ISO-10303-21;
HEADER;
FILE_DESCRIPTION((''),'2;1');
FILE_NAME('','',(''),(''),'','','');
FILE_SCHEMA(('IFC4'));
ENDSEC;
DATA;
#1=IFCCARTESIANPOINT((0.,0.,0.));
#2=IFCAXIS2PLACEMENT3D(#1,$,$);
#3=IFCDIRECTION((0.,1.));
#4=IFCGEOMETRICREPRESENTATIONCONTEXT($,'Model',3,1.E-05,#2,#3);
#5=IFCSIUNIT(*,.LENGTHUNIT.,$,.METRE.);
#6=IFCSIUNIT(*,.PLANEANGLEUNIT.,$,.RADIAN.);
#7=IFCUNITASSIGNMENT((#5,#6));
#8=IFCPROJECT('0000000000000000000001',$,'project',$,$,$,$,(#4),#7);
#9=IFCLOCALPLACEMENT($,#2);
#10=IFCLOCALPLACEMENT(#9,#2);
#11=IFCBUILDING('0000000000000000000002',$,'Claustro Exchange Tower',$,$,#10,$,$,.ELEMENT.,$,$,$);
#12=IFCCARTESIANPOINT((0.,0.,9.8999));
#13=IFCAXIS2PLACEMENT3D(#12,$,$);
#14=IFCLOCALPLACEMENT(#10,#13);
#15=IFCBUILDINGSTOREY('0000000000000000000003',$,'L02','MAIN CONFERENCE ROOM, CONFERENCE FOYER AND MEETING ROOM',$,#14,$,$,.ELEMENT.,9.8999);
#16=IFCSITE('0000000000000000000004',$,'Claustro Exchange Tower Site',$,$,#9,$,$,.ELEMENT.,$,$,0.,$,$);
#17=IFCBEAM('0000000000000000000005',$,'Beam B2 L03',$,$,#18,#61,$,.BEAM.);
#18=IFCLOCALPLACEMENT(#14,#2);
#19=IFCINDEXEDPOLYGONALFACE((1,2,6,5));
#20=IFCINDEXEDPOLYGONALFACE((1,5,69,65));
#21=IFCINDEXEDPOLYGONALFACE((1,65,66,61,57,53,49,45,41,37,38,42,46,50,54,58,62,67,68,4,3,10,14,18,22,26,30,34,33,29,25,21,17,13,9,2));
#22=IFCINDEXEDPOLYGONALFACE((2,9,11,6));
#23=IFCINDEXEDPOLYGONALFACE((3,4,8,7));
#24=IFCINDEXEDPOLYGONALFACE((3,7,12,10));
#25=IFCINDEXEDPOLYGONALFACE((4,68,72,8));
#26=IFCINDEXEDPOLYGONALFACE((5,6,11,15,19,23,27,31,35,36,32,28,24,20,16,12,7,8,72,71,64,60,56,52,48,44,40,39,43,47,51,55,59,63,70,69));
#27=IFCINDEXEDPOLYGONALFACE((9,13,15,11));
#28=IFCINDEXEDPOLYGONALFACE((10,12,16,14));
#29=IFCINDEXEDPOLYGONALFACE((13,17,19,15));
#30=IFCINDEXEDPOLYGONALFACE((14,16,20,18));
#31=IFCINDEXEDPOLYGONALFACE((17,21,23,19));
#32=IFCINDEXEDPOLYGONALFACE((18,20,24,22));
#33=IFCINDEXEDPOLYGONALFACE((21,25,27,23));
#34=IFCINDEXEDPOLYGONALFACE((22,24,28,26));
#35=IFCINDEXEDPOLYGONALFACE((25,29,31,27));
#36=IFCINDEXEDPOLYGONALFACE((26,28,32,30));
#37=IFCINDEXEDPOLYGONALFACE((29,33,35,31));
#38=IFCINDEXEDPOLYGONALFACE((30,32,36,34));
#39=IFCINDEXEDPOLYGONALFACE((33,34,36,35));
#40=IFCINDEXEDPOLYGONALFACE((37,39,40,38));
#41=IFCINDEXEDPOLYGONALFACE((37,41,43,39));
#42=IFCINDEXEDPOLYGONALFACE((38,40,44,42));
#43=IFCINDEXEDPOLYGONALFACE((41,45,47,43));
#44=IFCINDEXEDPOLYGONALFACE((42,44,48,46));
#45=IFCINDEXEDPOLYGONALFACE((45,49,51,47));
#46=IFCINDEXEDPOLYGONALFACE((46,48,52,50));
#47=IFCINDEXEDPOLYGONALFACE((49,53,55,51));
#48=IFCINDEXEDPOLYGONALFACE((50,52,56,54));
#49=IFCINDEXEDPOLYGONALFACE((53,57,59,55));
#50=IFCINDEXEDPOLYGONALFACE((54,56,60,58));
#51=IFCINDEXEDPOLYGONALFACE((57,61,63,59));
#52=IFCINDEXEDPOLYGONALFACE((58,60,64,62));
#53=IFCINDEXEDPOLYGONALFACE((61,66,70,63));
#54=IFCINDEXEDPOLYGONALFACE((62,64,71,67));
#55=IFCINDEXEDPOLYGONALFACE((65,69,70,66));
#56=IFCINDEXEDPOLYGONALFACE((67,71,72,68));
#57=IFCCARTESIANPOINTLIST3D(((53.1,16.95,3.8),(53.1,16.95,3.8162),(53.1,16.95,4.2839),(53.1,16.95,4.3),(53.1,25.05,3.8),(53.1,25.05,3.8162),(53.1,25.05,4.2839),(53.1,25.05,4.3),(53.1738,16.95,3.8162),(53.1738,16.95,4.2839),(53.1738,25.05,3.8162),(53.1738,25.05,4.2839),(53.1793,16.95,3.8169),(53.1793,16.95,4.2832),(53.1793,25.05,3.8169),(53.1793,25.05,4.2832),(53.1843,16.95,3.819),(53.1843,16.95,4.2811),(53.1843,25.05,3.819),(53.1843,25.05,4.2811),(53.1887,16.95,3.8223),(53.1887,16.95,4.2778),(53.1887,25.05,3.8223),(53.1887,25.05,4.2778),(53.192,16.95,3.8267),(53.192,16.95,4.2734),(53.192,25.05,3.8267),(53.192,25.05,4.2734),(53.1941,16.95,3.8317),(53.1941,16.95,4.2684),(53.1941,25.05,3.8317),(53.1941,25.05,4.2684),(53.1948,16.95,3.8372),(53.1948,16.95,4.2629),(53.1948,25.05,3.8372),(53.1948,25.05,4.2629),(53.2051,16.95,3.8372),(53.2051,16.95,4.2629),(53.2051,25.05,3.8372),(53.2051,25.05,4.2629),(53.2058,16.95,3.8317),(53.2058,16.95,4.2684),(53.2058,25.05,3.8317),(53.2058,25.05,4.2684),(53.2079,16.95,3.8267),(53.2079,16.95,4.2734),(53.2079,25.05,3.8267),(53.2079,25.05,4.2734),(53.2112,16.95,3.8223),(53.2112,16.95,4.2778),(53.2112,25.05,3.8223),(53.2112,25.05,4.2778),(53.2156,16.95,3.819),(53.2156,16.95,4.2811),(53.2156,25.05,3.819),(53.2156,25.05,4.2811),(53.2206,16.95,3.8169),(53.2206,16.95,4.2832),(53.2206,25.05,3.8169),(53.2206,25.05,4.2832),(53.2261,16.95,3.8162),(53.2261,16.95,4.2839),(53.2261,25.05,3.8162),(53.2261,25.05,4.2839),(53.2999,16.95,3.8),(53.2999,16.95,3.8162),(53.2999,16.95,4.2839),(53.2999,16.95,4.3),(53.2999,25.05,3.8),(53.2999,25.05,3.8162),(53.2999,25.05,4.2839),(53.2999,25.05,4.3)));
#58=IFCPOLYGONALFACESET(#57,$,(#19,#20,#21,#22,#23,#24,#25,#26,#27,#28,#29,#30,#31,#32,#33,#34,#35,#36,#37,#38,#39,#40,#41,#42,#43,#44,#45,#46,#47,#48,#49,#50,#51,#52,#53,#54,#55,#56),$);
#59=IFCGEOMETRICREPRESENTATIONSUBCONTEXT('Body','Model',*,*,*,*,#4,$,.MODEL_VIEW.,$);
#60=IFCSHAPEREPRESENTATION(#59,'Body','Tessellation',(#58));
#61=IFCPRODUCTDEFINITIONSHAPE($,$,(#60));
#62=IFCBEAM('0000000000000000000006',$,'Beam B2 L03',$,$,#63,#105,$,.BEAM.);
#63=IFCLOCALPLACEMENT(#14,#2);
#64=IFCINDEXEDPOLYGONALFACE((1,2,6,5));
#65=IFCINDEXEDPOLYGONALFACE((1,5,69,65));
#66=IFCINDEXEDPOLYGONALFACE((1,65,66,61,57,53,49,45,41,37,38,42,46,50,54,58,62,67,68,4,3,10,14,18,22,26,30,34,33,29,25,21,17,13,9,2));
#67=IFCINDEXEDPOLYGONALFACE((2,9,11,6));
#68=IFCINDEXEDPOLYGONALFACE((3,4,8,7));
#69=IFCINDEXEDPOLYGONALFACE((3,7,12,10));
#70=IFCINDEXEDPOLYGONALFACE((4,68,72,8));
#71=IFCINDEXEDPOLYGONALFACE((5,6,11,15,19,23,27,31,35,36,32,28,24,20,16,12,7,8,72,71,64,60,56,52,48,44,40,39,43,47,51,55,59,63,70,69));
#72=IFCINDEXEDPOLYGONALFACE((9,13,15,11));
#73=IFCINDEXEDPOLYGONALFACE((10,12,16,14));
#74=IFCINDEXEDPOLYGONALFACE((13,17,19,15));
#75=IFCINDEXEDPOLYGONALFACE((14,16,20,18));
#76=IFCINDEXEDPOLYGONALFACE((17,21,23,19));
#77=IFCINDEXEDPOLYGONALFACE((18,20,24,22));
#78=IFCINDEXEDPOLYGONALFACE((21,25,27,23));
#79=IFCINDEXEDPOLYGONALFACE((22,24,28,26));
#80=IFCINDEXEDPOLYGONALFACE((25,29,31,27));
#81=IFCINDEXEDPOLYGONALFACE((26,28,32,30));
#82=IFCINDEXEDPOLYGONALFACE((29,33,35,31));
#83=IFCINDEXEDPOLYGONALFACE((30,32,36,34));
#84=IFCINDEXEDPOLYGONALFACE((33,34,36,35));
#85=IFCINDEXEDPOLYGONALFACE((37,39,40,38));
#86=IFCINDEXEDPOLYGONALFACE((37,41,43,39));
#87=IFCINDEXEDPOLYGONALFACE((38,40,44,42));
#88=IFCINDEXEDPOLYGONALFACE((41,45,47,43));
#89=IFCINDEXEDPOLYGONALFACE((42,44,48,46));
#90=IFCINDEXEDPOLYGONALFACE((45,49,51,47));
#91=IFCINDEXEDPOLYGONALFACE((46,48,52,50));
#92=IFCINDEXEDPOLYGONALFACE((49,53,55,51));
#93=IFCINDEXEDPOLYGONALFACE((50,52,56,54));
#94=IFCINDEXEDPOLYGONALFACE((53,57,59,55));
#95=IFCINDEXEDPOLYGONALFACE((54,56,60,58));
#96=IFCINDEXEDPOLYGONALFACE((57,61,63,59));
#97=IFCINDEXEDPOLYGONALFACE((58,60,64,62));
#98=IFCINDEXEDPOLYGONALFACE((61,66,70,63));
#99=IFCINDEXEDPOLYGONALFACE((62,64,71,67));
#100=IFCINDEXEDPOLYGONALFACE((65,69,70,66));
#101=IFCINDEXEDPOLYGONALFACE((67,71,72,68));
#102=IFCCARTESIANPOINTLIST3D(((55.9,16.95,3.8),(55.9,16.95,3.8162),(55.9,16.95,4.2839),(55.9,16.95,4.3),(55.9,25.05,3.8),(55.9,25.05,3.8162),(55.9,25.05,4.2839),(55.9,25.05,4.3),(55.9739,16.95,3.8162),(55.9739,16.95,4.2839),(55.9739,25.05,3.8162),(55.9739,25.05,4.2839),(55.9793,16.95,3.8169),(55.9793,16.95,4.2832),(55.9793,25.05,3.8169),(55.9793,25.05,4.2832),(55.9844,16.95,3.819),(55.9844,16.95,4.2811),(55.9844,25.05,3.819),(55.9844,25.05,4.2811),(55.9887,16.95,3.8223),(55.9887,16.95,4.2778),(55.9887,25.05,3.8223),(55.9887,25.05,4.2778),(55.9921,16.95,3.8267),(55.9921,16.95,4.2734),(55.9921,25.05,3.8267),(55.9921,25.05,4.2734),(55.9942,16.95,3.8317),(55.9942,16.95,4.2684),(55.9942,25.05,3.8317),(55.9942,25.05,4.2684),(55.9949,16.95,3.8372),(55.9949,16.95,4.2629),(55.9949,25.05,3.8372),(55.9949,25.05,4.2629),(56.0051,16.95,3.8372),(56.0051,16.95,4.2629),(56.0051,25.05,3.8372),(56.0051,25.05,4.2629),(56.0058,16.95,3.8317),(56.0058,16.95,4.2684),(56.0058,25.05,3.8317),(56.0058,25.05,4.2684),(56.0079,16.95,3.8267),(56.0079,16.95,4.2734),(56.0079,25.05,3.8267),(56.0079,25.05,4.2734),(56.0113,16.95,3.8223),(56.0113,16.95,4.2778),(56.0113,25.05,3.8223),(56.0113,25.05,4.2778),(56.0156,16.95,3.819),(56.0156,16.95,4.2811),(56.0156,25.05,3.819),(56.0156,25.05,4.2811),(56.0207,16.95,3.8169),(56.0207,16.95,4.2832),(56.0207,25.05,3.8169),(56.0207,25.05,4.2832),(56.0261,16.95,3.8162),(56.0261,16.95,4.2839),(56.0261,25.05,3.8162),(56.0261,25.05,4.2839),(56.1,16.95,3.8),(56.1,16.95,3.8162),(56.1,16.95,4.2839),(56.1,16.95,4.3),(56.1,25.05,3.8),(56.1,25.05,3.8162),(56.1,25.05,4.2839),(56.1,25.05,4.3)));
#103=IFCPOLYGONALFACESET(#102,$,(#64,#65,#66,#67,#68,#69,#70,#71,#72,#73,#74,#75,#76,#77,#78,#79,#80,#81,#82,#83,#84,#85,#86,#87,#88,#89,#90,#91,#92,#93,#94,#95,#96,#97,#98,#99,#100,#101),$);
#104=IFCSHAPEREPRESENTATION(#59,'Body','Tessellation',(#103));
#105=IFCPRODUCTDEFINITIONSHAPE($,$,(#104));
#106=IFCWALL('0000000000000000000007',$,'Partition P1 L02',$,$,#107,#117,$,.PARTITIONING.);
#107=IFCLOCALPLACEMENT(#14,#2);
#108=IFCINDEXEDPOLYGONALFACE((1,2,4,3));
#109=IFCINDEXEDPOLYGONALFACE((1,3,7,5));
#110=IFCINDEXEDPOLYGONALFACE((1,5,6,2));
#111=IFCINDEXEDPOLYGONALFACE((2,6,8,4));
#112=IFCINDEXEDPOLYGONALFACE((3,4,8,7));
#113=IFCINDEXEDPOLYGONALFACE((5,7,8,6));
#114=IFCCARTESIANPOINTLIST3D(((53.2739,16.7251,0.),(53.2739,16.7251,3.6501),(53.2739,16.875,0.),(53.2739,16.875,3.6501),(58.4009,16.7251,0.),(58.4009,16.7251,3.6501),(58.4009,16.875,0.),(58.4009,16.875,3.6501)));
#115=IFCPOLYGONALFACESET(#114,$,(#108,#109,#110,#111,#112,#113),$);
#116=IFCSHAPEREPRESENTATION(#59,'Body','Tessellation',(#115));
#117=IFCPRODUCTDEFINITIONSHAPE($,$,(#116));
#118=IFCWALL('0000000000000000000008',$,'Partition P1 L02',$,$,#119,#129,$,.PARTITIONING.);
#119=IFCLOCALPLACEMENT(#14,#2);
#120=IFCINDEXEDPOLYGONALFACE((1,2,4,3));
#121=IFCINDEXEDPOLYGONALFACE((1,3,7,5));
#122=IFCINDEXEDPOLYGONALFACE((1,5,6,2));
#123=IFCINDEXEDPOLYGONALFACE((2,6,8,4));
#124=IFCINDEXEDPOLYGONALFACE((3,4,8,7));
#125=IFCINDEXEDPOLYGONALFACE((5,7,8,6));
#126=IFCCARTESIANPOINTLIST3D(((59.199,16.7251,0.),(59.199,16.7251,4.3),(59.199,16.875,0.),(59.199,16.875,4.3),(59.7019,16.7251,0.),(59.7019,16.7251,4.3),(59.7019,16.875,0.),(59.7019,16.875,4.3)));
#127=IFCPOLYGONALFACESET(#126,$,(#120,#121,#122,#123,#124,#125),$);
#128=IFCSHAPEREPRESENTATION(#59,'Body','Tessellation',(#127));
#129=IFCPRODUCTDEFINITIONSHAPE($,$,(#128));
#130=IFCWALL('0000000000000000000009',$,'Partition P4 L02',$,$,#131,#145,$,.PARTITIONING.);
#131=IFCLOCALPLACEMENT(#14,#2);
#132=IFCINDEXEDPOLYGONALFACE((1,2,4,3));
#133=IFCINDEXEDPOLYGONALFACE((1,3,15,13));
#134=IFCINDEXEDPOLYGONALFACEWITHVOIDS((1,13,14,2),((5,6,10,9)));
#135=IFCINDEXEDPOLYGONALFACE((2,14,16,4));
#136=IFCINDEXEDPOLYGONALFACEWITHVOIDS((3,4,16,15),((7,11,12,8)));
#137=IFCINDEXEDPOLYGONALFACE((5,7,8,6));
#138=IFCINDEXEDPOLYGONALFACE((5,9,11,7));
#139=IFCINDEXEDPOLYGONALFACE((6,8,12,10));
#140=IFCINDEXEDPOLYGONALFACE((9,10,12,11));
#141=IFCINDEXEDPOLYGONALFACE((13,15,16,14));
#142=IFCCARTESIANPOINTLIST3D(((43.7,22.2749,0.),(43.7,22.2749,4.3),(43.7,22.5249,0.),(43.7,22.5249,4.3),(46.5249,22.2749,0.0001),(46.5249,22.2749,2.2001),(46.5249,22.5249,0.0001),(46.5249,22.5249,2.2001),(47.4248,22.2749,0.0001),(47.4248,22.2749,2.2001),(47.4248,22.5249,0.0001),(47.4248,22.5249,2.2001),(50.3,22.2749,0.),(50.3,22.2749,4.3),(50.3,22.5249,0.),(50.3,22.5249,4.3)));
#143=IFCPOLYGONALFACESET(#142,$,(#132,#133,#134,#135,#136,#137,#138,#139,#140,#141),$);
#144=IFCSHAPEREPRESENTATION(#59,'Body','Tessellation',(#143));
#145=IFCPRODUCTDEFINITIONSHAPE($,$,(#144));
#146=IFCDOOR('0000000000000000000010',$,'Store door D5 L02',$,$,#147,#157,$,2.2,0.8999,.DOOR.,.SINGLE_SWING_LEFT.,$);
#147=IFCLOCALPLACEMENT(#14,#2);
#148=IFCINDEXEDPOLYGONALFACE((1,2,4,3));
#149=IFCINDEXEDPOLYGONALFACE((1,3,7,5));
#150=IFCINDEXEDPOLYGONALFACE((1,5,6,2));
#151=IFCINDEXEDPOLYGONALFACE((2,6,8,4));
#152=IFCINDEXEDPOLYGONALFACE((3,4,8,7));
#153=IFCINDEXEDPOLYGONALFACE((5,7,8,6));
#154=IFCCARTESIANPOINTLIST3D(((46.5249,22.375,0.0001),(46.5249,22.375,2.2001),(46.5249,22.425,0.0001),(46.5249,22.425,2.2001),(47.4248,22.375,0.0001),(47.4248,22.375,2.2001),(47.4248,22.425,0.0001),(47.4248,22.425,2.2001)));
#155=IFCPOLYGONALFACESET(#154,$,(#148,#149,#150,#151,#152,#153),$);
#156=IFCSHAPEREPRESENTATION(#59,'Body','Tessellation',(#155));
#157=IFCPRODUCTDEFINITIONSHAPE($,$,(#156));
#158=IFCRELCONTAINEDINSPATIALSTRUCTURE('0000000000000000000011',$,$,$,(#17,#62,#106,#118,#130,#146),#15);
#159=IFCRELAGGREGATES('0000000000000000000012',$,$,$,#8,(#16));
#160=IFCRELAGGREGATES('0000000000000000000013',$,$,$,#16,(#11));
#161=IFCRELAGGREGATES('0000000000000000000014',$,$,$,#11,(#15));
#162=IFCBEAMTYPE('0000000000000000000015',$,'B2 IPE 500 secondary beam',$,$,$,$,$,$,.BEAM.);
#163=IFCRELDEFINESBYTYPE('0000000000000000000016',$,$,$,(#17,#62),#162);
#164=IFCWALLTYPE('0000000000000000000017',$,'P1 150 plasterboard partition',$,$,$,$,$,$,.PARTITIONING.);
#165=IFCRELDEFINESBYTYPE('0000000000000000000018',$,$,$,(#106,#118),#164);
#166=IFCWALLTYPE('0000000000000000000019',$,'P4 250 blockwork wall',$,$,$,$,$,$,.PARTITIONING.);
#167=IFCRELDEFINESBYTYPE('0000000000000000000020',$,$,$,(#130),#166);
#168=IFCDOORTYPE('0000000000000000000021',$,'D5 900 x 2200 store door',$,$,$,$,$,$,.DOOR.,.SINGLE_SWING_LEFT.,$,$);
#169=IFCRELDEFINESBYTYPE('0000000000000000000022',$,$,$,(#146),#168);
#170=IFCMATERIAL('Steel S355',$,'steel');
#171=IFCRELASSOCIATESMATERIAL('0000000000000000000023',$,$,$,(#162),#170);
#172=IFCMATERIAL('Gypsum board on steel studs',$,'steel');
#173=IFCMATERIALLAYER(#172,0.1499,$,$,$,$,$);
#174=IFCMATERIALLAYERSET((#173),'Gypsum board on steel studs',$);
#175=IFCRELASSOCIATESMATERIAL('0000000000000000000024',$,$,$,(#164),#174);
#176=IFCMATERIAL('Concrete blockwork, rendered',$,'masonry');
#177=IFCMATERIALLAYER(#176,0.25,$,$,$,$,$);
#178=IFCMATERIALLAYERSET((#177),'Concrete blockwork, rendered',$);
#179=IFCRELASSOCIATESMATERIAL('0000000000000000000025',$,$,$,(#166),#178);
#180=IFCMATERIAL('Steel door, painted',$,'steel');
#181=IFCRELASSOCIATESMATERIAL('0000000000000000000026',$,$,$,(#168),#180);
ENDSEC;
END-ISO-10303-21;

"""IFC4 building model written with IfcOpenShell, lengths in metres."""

from ifc_helpers import new_model, si_unit, direction, frame, frame_2d, origin, origin_2d, place, context, subcontext, project, spatial, rectangle, i_section, extrude, material, layer, layer_set, material_profile, profile_set, type_object, element, fill, save


model = new_model("IFC4")

# Units and contexts
model_context = context("Model", 3, precision=1e-05, world=origin(), true_north=direction((0.0, 1.0)))
body_context = subcontext(model_context, "Body", "Model", "MODEL_VIEW")
ifc_project = project(units=[si_unit("LENGTHUNIT", "METRE"), si_unit("PLANEANGLEUNIT", "RADIAN")], contexts=[model_context])

# Site, building, storey
site_placement = place(None, origin())
site = spatial("IfcSite", under=ifc_project, at=site_placement, Name="Claustro Exchange Tower Site", CompositionType="ELEMENT", RefElevation=0.0)
building_placement = place(site_placement, origin())
building = spatial("IfcBuilding", under=site, at=building_placement, Name="Claustro Exchange Tower", CompositionType="ELEMENT")
storey_placement = place(building_placement, frame((0.0, 0.0, 9.8999)))
storey = spatial("IfcBuildingStorey", under=building, at=storey_placement, Name="L02", Description="MAIN CONFERENCE ROOM, CONFERENCE FOYER AND MEETING ROOM", CompositionType="ELEMENT", Elevation=9.8999)

# Beams
ifc_material_1 = material(Name="Steel S355", Category="steel")
ifc_material_profile_1 = material_profile(ifc_material_1, i_section(OverallWidth=0.2, OverallDepth=0.5, WebThickness=0.0103, FlangeThickness=0.0161, FilletRadius=0.021, at=origin_2d()), Name="IPE 500")
ifc_profile_set_1 = profile_set([ifc_material_profile_1], Name="Steel S355")
beam_type_1 = type_object("IfcBeamType", Name="B2 IPE 500 secondary beam", PredefinedType="BEAM", material=ifc_profile_set_1)
for number, where, z_axis, x_axis, name in (
    (1, (53.2, 16.95, 4.05), (0.0, 1.0, 0.0), (-1.0, 0.0, 0.0), "Beam B2 L03"),
    (2, (56.0, 16.95, 4.05), (0.0, 1.0, 0.0), (-1.0, 0.0, 0.0), "Beam B2 L03"),
):
    element("IfcBeam", number, at=place(storey_placement, frame(where, z_axis=z_axis, x_axis=x_axis)), inside=storey, type_object=beam_type_1, Name=name, PredefinedType="BEAM", context=body_context, shape_type="SweptSolid", body=[
        extrude(i_section(OverallWidth=0.2, OverallDepth=0.5, WebThickness=0.0103, FlangeThickness=0.0161, FilletRadius=0.021, at=origin_2d()), origin(), (0.0, 0.0, 1.0), 8.1001),
    ])

# Walls
ifc_material_2 = material(Name="Gypsum board on steel studs", Category="steel")
ifc_layer_1 = layer(ifc_material_2, 0.1499)
ifc_layer_set_1 = layer_set([ifc_layer_1], Name="Gypsum board on steel studs")
wall_type_1 = type_object("IfcWallType", Name="P1 150 plasterboard partition", PredefinedType="PARTITIONING", material=ifc_layer_set_1)
wall_1_placement = place(storey_placement, frame((53.2739, 16.8, 0.0), z_axis=(0.0, 0.0, 1.0), x_axis=(1.0, 0.0, 0.0)))
element("IfcWall", 3, at=wall_1_placement, inside=storey, type_object=wall_type_1, Name="Partition P1 L02", PredefinedType="PARTITIONING", context=body_context, shape_type="SweptSolid", body=[
    extrude(rectangle(XDim=5.127, YDim=0.1499, at=frame_2d((2.5635, 0.0))), origin(), (0.0, 0.0, 1.0), 3.6501),
])
wall_2_placement = place(storey_placement, frame((59.199, 16.8, 0.0), z_axis=(0.0, 0.0, 1.0), x_axis=(1.0, 0.0, 0.0)))
element("IfcWall", 4, at=wall_2_placement, inside=storey, type_object=wall_type_1, Name="Partition P1 L02", PredefinedType="PARTITIONING", context=body_context, shape_type="SweptSolid", body=[
    extrude(rectangle(XDim=0.5029, YDim=0.1499, at=frame_2d((0.2515, 0.0))), origin(), (0.0, 0.0, 1.0), 4.3),
])

# Wall, opening, door
ifc_material_3 = material(Name="Concrete blockwork, rendered", Category="masonry")
ifc_layer_2 = layer(ifc_material_3, 0.25)
ifc_layer_set_2 = layer_set([ifc_layer_2], Name="Concrete blockwork, rendered")
wall_type_2 = type_object("IfcWallType", Name="P4 250 blockwork wall", PredefinedType="PARTITIONING", material=ifc_layer_set_2)
wall_3_placement = place(storey_placement, frame((43.7, 22.3999, 0.0), z_axis=(0.0, 0.0, 1.0), x_axis=(1.0, 0.0, 0.0)))
wall_3 = element("IfcWall", 5, at=wall_3_placement, inside=storey, type_object=wall_type_2, Name="Partition P4 L02", PredefinedType="PARTITIONING", context=body_context, shape_type="SweptSolid", body=[
    extrude(rectangle(XDim=6.6001, YDim=0.25, at=frame_2d((3.3, 0.0))), origin(), (0.0, 0.0, 1.0), 4.3),
])
opening_1_placement = place(wall_3_placement, frame((2.825, 0.0, 0.0)))
opening_1 = element("IfcOpeningElement", 6, at=opening_1_placement, cuts=wall_3, PredefinedType="OPENING", context=body_context, shape_type="SweptSolid", body=[
    extrude(rectangle(XDim=0.8999, YDim=2.2, at=frame_2d((0.45, 1.1001))), frame((0.0, 0.135, 0.0), z_axis=(0.0, -1.0, 0.0), x_axis=(1.0, 0.0, 0.0)), (0.0, 0.0, 1.0), 0.27),
])
ifc_material_4 = material(Name="Steel door, painted", Category="steel")
door_type = type_object("IfcDoorType", Name="D5 900 x 2200 store door", OperationType="SINGLE_SWING_LEFT", PredefinedType="DOOR", material=ifc_material_4)
door_placement = place(opening_1_placement, frame((0.8999, 0.0, 0.0), z_axis=(0.0, 0.0, 1.0), x_axis=(-1.0, 0.0, 0.0)))
door = element("IfcDoor", 7, at=door_placement, inside=storey, type_object=door_type, Name="Store door D5 L02", OperationType="SINGLE_SWING_LEFT", OverallHeight=2.2, OverallWidth=0.8999, PredefinedType="DOOR", context=body_context, shape_type="SweptSolid", body=[
    extrude(rectangle(XDim=0.8999, YDim=2.2, at=frame_2d((0.45, 1.1001))), frame((0.0, 0.0249, 0.0), z_axis=(0.0, -1.0, 0.0), x_axis=(1.0, 0.0, 0.0)), (0.0, 0.0, 1.0), 0.05),
])
fill(opening_1, door)

save(model, "model.ifc")
